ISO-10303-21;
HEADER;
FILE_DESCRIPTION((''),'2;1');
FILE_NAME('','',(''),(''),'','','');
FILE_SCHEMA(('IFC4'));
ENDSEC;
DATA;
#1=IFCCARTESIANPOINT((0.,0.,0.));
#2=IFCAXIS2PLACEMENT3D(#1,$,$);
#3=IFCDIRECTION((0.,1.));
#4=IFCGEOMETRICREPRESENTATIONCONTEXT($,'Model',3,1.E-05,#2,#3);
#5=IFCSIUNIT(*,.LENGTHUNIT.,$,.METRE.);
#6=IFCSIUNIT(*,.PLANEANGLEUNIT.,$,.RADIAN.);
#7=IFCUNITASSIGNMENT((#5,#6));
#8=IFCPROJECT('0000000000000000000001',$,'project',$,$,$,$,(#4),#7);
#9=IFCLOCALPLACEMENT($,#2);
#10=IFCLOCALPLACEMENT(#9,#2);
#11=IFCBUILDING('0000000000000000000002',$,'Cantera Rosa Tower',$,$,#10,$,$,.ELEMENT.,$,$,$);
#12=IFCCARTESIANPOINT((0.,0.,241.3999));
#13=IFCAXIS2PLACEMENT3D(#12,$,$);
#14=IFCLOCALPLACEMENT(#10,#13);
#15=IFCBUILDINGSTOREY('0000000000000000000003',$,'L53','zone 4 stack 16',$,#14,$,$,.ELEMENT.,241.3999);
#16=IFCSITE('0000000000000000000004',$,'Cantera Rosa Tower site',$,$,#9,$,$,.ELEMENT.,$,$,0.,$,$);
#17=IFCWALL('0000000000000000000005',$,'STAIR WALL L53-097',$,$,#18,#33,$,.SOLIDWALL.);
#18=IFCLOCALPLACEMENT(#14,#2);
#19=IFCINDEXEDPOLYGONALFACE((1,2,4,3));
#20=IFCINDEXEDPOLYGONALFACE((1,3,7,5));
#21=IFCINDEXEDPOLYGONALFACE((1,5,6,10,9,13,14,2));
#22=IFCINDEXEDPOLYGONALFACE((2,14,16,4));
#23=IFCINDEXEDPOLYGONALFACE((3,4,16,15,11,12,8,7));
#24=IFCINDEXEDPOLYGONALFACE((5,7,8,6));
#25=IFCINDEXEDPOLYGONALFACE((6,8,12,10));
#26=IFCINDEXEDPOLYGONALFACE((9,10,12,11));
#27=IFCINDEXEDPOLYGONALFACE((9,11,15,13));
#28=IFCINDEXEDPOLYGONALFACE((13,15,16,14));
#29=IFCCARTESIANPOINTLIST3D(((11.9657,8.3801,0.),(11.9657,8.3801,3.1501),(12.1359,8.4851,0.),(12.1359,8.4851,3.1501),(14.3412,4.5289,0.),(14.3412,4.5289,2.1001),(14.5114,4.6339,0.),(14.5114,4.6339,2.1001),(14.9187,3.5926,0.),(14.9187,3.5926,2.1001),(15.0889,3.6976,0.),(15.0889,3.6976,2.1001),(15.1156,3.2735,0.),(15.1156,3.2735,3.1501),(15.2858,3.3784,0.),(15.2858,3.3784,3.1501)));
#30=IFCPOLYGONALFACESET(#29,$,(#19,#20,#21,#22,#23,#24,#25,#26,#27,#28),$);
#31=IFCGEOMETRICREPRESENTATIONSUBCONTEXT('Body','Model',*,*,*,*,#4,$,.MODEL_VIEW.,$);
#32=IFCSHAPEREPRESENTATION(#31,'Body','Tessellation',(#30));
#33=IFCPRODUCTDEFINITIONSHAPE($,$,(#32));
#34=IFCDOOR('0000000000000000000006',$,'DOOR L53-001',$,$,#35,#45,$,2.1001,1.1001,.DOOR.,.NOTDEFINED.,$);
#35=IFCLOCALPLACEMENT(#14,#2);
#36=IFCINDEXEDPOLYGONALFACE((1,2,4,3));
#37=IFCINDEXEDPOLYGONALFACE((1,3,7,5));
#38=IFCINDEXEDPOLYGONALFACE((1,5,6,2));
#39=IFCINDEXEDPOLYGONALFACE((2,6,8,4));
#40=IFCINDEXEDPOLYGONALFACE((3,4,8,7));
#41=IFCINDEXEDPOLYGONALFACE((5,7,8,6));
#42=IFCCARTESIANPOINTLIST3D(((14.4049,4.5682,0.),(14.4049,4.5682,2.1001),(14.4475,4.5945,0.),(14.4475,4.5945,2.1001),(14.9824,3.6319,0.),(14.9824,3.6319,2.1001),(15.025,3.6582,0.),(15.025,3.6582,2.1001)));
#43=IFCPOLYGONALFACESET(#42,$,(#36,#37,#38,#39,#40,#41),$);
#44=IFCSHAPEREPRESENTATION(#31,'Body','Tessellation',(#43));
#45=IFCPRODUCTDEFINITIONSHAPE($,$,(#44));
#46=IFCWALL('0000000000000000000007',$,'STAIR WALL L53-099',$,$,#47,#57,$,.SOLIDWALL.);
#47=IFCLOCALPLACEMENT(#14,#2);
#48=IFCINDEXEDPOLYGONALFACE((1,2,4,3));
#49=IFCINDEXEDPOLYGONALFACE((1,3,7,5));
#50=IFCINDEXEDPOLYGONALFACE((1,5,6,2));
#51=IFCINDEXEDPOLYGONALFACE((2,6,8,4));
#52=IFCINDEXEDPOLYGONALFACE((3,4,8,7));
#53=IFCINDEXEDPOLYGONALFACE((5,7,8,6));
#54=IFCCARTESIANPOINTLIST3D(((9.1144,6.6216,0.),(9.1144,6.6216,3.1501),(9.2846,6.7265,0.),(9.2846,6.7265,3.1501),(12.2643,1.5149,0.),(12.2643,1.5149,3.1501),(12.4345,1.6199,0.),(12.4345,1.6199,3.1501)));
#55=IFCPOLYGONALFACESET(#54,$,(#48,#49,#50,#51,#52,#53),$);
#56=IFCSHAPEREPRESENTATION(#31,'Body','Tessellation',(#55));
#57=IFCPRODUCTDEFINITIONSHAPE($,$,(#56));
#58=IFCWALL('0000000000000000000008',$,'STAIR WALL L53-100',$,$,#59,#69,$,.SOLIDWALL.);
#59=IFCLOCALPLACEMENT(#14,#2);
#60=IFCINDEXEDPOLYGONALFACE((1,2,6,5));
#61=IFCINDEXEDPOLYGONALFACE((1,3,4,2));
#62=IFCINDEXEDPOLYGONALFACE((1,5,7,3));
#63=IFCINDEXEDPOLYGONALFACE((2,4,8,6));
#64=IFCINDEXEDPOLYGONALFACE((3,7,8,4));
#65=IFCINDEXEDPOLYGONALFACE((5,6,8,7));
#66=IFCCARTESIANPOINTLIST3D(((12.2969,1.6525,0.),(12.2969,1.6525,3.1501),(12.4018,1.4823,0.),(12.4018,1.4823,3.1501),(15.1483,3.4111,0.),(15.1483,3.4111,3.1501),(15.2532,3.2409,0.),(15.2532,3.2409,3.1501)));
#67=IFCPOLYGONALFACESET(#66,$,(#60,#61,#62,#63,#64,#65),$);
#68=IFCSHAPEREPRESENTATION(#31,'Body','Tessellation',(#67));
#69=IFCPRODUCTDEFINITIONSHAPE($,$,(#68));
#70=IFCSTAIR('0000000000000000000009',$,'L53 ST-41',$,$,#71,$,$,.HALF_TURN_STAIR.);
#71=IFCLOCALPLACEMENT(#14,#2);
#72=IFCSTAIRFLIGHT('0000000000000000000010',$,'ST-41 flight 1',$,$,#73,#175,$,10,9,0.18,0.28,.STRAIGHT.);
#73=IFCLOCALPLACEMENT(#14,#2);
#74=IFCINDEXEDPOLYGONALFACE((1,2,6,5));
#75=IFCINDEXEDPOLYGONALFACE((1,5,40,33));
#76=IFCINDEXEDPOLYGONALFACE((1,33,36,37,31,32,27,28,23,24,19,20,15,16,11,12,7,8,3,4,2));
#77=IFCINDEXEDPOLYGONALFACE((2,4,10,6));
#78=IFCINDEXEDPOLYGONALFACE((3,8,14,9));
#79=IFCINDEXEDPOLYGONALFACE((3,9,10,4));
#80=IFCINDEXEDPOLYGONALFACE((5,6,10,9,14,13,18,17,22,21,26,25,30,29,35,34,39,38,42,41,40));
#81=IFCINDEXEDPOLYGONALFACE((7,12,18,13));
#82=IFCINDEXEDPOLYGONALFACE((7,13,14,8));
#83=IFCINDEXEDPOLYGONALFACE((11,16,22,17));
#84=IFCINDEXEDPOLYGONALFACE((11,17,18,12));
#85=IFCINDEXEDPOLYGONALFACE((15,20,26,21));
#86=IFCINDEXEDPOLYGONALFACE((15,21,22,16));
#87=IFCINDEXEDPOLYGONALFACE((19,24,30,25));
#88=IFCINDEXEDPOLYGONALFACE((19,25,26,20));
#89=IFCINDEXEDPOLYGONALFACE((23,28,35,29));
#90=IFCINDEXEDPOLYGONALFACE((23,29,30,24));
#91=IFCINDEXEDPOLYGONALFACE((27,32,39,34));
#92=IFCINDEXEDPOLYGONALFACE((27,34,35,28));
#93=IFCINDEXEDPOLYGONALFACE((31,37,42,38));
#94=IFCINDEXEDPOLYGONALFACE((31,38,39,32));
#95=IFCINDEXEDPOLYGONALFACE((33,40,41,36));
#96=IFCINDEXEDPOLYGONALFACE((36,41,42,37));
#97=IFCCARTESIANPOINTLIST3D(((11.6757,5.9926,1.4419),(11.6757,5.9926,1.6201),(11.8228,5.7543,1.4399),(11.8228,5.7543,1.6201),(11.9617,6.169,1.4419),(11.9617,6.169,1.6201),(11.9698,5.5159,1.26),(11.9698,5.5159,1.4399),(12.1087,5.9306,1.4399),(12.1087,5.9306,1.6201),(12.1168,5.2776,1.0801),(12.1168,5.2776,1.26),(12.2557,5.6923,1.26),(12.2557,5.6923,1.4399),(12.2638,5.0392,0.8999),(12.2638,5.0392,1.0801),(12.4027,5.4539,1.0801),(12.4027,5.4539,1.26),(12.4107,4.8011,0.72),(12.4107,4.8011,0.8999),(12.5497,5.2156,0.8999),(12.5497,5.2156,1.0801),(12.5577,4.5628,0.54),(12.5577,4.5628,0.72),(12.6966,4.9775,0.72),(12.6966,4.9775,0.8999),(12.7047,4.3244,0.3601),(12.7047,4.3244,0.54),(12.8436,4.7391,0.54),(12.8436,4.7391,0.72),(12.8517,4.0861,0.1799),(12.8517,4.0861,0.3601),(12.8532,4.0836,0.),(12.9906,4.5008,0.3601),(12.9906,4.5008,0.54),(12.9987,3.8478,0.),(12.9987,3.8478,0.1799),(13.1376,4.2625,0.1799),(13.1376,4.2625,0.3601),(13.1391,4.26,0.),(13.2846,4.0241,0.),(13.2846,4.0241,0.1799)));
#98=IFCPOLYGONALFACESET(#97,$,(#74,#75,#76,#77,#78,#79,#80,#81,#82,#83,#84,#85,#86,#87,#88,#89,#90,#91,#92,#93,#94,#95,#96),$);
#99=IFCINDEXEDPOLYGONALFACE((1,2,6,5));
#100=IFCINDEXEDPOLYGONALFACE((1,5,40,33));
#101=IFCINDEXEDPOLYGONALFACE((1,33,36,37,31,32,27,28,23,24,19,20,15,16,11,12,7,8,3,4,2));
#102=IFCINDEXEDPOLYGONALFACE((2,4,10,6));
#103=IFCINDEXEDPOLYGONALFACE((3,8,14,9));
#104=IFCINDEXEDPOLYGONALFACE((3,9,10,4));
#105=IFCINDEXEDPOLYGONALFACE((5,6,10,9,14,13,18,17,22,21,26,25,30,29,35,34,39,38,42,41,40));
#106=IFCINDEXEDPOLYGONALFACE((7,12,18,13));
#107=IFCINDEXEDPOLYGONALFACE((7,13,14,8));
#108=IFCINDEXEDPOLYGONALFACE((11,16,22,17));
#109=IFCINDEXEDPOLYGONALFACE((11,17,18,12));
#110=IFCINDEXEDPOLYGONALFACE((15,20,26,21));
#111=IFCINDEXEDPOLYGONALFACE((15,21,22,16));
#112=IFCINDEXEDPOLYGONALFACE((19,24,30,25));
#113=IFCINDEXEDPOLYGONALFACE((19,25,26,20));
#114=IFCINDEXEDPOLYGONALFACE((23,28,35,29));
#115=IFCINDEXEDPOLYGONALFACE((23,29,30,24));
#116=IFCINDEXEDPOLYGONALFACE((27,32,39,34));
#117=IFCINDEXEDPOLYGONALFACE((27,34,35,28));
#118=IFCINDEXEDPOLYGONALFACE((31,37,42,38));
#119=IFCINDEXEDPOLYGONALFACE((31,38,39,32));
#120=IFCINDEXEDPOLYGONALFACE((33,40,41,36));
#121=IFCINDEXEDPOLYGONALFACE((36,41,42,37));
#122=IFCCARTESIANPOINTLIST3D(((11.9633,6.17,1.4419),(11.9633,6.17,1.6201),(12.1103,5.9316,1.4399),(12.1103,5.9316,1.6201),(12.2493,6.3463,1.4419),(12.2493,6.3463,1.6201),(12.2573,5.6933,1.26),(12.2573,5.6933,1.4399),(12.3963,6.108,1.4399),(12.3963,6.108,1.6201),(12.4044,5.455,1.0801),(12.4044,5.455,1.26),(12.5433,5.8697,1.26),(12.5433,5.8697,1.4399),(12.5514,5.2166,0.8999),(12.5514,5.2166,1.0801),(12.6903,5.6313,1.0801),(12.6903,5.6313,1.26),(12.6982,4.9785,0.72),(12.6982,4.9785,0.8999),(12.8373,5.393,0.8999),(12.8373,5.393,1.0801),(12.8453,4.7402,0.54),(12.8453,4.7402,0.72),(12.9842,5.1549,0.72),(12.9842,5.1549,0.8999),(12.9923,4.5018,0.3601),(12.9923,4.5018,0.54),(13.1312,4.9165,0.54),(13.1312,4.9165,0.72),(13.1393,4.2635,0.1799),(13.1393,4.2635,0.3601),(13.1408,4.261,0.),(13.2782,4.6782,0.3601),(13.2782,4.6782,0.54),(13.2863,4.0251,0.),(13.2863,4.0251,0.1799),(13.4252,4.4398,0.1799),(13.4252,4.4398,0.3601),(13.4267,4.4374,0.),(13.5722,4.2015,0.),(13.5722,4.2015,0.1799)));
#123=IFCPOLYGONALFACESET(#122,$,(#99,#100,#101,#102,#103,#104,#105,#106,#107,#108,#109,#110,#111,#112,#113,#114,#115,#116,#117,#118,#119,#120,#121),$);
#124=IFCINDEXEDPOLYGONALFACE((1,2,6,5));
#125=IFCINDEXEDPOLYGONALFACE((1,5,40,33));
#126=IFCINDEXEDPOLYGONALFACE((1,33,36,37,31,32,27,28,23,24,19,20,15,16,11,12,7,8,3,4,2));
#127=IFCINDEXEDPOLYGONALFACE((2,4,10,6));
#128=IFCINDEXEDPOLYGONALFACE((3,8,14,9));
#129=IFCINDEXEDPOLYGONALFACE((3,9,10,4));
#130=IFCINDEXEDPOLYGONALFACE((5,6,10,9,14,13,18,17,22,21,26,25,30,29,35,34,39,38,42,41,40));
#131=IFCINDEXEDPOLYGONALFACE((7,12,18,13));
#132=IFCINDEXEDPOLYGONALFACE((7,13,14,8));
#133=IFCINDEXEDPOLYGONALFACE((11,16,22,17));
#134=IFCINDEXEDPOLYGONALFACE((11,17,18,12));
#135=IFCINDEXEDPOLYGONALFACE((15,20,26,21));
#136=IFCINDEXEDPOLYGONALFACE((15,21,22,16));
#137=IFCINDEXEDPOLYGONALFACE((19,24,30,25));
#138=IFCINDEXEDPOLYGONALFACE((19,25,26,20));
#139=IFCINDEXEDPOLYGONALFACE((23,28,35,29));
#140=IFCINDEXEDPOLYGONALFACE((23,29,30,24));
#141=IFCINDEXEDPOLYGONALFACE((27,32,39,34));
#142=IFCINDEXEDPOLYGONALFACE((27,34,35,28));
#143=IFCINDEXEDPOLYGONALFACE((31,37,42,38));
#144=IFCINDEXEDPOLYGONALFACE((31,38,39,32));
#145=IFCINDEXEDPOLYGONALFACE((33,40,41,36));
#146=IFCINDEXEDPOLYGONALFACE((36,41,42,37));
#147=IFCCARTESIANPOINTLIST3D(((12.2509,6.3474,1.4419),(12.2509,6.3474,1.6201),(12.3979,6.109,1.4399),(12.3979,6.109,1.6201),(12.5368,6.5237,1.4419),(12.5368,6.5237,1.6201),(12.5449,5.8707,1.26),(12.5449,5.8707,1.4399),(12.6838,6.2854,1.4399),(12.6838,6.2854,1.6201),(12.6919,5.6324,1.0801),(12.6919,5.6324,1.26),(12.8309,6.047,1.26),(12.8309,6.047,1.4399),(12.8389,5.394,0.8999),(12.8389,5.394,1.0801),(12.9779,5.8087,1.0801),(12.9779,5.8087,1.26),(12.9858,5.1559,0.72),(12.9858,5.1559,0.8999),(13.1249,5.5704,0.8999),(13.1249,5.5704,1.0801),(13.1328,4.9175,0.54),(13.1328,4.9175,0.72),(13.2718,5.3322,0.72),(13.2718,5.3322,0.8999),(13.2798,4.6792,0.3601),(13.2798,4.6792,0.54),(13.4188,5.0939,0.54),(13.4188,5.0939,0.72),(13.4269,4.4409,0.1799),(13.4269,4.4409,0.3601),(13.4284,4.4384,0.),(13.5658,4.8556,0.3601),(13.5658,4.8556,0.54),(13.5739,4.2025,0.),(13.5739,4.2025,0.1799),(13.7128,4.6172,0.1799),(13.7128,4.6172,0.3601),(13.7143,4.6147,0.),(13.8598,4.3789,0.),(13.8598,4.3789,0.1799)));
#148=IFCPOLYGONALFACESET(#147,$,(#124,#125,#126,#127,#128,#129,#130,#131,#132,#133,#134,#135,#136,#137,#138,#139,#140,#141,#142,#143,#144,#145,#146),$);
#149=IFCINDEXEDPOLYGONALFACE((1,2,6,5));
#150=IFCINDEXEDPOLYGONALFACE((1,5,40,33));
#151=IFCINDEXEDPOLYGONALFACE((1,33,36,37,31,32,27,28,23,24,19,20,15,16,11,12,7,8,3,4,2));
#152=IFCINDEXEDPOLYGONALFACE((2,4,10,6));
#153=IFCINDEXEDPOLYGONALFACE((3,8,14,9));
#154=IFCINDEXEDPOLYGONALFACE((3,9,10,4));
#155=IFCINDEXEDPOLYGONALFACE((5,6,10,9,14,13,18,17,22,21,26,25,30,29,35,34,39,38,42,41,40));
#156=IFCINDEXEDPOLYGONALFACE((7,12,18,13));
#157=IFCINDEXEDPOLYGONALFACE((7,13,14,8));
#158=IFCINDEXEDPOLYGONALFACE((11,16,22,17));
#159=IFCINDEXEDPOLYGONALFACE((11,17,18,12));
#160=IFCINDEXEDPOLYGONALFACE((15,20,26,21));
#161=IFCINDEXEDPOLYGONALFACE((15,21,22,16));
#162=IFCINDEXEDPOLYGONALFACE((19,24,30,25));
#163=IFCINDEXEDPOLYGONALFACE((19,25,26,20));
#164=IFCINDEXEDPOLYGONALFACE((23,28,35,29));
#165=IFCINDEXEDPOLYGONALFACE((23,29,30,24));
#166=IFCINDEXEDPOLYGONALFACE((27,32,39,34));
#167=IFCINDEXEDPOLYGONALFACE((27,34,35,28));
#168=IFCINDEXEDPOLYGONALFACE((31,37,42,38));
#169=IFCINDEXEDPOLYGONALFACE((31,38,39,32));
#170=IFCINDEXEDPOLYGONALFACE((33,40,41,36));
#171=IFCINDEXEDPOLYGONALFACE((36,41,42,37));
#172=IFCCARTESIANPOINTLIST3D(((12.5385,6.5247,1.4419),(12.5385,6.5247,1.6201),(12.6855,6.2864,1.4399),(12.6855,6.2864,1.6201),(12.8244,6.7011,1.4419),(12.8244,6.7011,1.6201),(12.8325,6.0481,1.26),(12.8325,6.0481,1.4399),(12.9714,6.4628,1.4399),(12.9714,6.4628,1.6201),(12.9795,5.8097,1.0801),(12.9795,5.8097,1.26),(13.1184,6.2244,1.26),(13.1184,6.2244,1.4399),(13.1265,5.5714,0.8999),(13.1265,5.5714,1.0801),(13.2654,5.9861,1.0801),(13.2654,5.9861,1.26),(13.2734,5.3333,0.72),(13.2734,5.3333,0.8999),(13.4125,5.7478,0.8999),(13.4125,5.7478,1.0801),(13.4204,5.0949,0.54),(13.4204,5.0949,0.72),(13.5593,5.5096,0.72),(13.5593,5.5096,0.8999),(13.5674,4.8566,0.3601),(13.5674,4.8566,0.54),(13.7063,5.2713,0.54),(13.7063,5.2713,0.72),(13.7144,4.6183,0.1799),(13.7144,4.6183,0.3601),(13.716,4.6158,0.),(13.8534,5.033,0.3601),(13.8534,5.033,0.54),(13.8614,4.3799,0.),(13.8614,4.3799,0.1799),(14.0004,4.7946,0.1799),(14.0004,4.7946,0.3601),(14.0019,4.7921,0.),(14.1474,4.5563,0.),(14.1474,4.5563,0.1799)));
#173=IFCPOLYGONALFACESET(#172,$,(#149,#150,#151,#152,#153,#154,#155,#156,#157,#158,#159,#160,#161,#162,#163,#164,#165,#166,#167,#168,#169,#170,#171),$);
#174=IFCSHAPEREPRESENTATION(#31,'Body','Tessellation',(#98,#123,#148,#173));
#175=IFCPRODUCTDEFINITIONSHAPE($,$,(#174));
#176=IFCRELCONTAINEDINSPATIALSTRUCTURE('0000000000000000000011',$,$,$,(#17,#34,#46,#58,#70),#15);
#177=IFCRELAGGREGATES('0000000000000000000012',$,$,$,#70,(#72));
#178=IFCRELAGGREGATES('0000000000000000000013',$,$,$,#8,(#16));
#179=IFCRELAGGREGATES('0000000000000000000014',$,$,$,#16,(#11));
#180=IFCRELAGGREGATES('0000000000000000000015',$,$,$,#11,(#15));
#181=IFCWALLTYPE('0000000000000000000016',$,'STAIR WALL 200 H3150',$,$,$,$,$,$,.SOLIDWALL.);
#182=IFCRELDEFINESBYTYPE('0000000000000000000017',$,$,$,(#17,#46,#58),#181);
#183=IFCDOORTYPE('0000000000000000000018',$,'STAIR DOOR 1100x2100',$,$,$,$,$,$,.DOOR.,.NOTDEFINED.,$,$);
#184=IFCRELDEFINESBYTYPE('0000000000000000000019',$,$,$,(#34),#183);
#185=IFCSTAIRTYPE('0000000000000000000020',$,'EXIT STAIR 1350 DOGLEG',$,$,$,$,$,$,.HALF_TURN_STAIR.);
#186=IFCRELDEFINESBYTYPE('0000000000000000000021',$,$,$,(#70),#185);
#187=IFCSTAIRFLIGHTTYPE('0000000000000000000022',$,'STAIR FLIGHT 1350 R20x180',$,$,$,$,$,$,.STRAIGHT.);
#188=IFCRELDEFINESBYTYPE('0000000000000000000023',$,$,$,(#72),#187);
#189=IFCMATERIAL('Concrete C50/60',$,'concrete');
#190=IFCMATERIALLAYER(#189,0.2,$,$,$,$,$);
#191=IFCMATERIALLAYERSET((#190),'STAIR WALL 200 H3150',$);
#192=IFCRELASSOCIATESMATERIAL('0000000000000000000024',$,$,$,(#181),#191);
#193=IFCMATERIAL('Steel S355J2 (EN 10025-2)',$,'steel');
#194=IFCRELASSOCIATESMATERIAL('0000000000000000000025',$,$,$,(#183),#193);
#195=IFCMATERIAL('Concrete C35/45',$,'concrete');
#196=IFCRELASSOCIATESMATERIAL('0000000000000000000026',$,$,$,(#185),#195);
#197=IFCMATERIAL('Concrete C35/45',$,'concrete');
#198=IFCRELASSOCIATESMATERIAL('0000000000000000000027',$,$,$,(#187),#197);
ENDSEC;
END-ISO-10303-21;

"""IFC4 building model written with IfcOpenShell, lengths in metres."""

from ifc_helpers import new_model, si_unit, direction, frame, frame_2d, origin, place, context, subcontext, project, spatial, polyline, rectangle, outline, extrude, material, layer, layer_set, type_object, element, fill, aggregate, save


model = new_model("IFC4")

# Units and contexts
model_context = context("Model", 3, precision=1e-05, world=origin(), true_north=direction((0.0, 1.0)))
body_context = subcontext(model_context, "Body", "Model", "MODEL_VIEW")
ifc_project = project(units=[si_unit("LENGTHUNIT", "METRE"), si_unit("PLANEANGLEUNIT", "RADIAN")], contexts=[model_context])

# Site, building, storey
site_placement = place(None, origin())
site = spatial("IfcSite", under=ifc_project, at=site_placement, Name="Cantera Rosa Tower site", CompositionType="ELEMENT", RefElevation=0.0)
building_placement = place(site_placement, origin())
building = spatial("IfcBuilding", under=site, at=building_placement, Name="Cantera Rosa Tower", CompositionType="ELEMENT")
storey_placement = place(building_placement, frame((0.0, 0.0, 241.3999)))
storey = spatial("IfcBuildingStorey", under=building, at=storey_placement, Name="L53", Description="zone 4 stack 16", CompositionType="ELEMENT", Elevation=241.3999)

# Shared definitions
ifc_material_1 = material(Name="Concrete C50/60", Category="concrete")
ifc_layer_1 = layer(ifc_material_1, 0.2)
ifc_layer_set_1 = layer_set([ifc_layer_1], Name="STAIR WALL 200 H3150")
wall_type_1 = type_object("IfcWallType", Name="STAIR WALL 200 H3150", PredefinedType="SOLIDWALL", material=ifc_layer_set_1)

# Wall, opening, door
wall_1_placement = place(storey_placement, frame((12.0508, 8.4326, 0.0), z_axis=(0.0, 0.0, 1.0), x_axis=(0.524983, -0.851113, 0.0)))
wall_1 = element("IfcWall", 1, at=wall_1_placement, inside=storey, type_object=wall_type_1, Name="STAIR WALL L53-097", PredefinedType="SOLIDWALL", context=body_context, shape_type="SweptSolid", body=[
    extrude(rectangle(XDim=6.0, YDim=0.2, at=frame_2d((3.0, 0.0))), origin(), (0.0, 0.0, 1.0), 3.1501),
])
opening_placement = place(wall_1_placement, frame((4.5249, 0.0, 0.0)))
opening = element("IfcOpeningElement", 2, at=opening_placement, cuts=wall_1, PredefinedType="OPENING", context=body_context, shape_type="SweptSolid", body=[
    extrude(rectangle(XDim=1.1001, YDim=2.1001, at=frame_2d((0.55, 1.05))), frame((0.0, 0.1099, 0.0), z_axis=(0.0, -1.0, 0.0), x_axis=(1.0, 0.0, 0.0)), (0.0, 0.0, 1.0), 0.22),
])
ifc_material_2 = material(Name="Steel S355J2 (EN 10025-2)", Category="steel")
door_type = type_object("IfcDoorType", Name="STAIR DOOR 1100x2100", OperationType="NOTDEFINED", PredefinedType="DOOR", material=ifc_material_2)
door_placement = place(opening_placement, origin())
door = element("IfcDoor", 3, at=door_placement, inside=storey, type_object=door_type, Name="DOOR L53-001", OperationType="NOTDEFINED", OverallHeight=2.1001, OverallWidth=1.1001, PredefinedType="DOOR", context=body_context, shape_type="SweptSolid", body=[
    extrude(rectangle(XDim=1.1001, YDim=2.1001, at=frame_2d((0.55, 1.05))), frame((0.0, 0.0249, 0.0), z_axis=(0.0, -1.0, 0.0), x_axis=(1.0, 0.0, 0.0)), (0.0, 0.0, 1.0), 0.05),
])
fill(opening, door)

# Walls
wall_2_placement = place(storey_placement, frame((12.3494, 1.5674, 0.0), z_axis=(0.0, 0.0, 1.0), x_axis=(-0.524983, 0.851113, 0.0)))
element("IfcWall", 4, at=wall_2_placement, inside=storey, type_object=wall_type_1, Name="STAIR WALL L53-099", PredefinedType="SOLIDWALL", context=body_context, shape_type="SweptSolid", body=[
    extrude(rectangle(XDim=6.0, YDim=0.2, at=frame_2d((3.0, 0.0))), origin(), (0.0, 0.0, 1.0), 3.1501),
])
wall_3_placement = place(storey_placement, frame((12.3494, 1.5674, 0.0), z_axis=(0.0, 0.0, 1.0), x_axis=(0.85114, 0.524939, 0.0)))
element("IfcWall", 5, at=wall_3_placement, inside=storey, type_object=wall_type_1, Name="STAIR WALL L53-100", PredefinedType="SOLIDWALL", context=body_context, shape_type="SweptSolid", body=[
    extrude(rectangle(XDim=3.3501, YDim=0.2, at=frame_2d((1.675, 0.0))), origin(), (0.0, 0.0, 1.0), 3.1501),
])

# Stair, stair flight
ifc_material_3 = material(Name="Concrete C35/45", Category="concrete")
stair_type = type_object("IfcStairType", Name="EXIT STAIR 1350 DOGLEG", PredefinedType="HALF_TURN_STAIR", material=ifc_material_3)
stair_placement = place(storey_placement, origin())
stair = element("IfcStair", 6, at=stair_placement, inside=storey, type_object=stair_type, Name="L53 ST-41", PredefinedType="HALF_TURN_STAIR")
ifc_material_4 = material(Name="Concrete C35/45", Category="concrete")
stair_flight_type = type_object("IfcStairFlightType", Name="STAIR FLIGHT 1350 R20x180", PredefinedType="STRAIGHT", material=ifc_material_4)
stair_flight_1_placement = place(storey_placement, frame((13.5732, 4.2021, 0.0), z_axis=(0.0, 0.0, 1.0), x_axis=(-0.524977, 0.851117, 0.0)))
stair_flight_1 = element("IfcStairFlight", 7, at=stair_flight_1_placement, type_object=stair_flight_type, Name="ST-41 flight 1", NumberOfRisers=10, NumberOfTreads=9, PredefinedType="STRAIGHT", RiserHeight=0.18, TreadLength=0.28, context=body_context, shape_type="SweptSolid", body=[
    extrude(outline(polyline([(0.0, 0.0), (0.0, 0.1799), (0.28, 0.1799), (0.28, 0.3601), (0.5601, 0.3601), (0.5601, 0.54), (0.8401, 0.54), (0.8401, 0.72), (1.1201, 0.72), (1.1201, 0.8999), (1.3999, 0.8999), (1.3999, 1.0801), (1.6799, 1.0801), (1.6799, 1.26), (1.96, 1.26), (1.96, 1.4399), (2.24, 1.4399), (2.24, 1.6201), (2.52, 1.6201), (2.52, 1.8), (2.52, 1.4419), (0.2771, 0.0), (0.0, 0.0)])), frame((0.0, 0.675, 0.0), z_axis=(0.0, -1.0, 0.0), x_axis=(1.0, 0.0, 0.0)), (0.0, 0.0, 1.0), 0.3359),
    extrude(outline(polyline([(0.0, 0.0), (0.0, 0.1799), (0.28, 0.1799), (0.28, 0.3601), (0.5601, 0.3601), (0.5601, 0.54), (0.8401, 0.54), (0.8401, 0.72), (1.1201, 0.72), (1.1201, 0.8999), (1.3999, 0.8999), (1.3999, 1.0801), (1.6799, 1.0801), (1.6799, 1.26), (1.96, 1.26), (1.96, 1.4399), (2.24, 1.4399), (2.24, 1.6201), (2.52, 1.6201), (2.52, 1.8), (2.52, 1.4419), (0.2771, 0.0), (0.0, 0.0)])), frame((0.0, 0.3372, 0.0), z_axis=(0.0, -1.0, 0.0), x_axis=(1.0, 0.0, 0.0)), (0.0, 0.0, 1.0), 0.3359),
    extrude(outline(polyline([(0.0, 0.0), (0.0, 0.1799), (0.28, 0.1799), (0.28, 0.3601), (0.5601, 0.3601), (0.5601, 0.54), (0.8401, 0.54), (0.8401, 0.72), (1.1201, 0.72), (1.1201, 0.8999), (1.3999, 0.8999), (1.3999, 1.0801), (1.6799, 1.0801), (1.6799, 1.26), (1.96, 1.26), (1.96, 1.4399), (2.24, 1.4399), (2.24, 1.6201), (2.52, 1.6201), (2.52, 1.8), (2.52, 1.4419), (0.2771, 0.0), (0.0, 0.0)])), frame((0.0, -0.0007, 0.0), z_axis=(0.0, -1.0, 0.0), x_axis=(1.0, 0.0, 0.0)), (0.0, 0.0, 1.0), 0.3359),
    extrude(outline(polyline([(0.0, 0.0), (0.0, 0.1799), (0.28, 0.1799), (0.28, 0.3601), (0.5601, 0.3601), (0.5601, 0.54), (0.8401, 0.54), (0.8401, 0.72), (1.1201, 0.72), (1.1201, 0.8999), (1.3999, 0.8999), (1.3999, 1.0801), (1.6799, 1.0801), (1.6799, 1.26), (1.96, 1.26), (1.96, 1.4399), (2.24, 1.4399), (2.24, 1.6201), (2.52, 1.6201), (2.52, 1.8), (2.52, 1.4419), (0.2771, 0.0), (0.0, 0.0)])), frame((0.0, -0.3386, 0.0), z_axis=(0.0, -1.0, 0.0), x_axis=(1.0, 0.0, 0.0)), (0.0, 0.0, 1.0), 0.3359),
])
aggregate(stair, [stair_flight_1])

save(model, "model.ifc")
